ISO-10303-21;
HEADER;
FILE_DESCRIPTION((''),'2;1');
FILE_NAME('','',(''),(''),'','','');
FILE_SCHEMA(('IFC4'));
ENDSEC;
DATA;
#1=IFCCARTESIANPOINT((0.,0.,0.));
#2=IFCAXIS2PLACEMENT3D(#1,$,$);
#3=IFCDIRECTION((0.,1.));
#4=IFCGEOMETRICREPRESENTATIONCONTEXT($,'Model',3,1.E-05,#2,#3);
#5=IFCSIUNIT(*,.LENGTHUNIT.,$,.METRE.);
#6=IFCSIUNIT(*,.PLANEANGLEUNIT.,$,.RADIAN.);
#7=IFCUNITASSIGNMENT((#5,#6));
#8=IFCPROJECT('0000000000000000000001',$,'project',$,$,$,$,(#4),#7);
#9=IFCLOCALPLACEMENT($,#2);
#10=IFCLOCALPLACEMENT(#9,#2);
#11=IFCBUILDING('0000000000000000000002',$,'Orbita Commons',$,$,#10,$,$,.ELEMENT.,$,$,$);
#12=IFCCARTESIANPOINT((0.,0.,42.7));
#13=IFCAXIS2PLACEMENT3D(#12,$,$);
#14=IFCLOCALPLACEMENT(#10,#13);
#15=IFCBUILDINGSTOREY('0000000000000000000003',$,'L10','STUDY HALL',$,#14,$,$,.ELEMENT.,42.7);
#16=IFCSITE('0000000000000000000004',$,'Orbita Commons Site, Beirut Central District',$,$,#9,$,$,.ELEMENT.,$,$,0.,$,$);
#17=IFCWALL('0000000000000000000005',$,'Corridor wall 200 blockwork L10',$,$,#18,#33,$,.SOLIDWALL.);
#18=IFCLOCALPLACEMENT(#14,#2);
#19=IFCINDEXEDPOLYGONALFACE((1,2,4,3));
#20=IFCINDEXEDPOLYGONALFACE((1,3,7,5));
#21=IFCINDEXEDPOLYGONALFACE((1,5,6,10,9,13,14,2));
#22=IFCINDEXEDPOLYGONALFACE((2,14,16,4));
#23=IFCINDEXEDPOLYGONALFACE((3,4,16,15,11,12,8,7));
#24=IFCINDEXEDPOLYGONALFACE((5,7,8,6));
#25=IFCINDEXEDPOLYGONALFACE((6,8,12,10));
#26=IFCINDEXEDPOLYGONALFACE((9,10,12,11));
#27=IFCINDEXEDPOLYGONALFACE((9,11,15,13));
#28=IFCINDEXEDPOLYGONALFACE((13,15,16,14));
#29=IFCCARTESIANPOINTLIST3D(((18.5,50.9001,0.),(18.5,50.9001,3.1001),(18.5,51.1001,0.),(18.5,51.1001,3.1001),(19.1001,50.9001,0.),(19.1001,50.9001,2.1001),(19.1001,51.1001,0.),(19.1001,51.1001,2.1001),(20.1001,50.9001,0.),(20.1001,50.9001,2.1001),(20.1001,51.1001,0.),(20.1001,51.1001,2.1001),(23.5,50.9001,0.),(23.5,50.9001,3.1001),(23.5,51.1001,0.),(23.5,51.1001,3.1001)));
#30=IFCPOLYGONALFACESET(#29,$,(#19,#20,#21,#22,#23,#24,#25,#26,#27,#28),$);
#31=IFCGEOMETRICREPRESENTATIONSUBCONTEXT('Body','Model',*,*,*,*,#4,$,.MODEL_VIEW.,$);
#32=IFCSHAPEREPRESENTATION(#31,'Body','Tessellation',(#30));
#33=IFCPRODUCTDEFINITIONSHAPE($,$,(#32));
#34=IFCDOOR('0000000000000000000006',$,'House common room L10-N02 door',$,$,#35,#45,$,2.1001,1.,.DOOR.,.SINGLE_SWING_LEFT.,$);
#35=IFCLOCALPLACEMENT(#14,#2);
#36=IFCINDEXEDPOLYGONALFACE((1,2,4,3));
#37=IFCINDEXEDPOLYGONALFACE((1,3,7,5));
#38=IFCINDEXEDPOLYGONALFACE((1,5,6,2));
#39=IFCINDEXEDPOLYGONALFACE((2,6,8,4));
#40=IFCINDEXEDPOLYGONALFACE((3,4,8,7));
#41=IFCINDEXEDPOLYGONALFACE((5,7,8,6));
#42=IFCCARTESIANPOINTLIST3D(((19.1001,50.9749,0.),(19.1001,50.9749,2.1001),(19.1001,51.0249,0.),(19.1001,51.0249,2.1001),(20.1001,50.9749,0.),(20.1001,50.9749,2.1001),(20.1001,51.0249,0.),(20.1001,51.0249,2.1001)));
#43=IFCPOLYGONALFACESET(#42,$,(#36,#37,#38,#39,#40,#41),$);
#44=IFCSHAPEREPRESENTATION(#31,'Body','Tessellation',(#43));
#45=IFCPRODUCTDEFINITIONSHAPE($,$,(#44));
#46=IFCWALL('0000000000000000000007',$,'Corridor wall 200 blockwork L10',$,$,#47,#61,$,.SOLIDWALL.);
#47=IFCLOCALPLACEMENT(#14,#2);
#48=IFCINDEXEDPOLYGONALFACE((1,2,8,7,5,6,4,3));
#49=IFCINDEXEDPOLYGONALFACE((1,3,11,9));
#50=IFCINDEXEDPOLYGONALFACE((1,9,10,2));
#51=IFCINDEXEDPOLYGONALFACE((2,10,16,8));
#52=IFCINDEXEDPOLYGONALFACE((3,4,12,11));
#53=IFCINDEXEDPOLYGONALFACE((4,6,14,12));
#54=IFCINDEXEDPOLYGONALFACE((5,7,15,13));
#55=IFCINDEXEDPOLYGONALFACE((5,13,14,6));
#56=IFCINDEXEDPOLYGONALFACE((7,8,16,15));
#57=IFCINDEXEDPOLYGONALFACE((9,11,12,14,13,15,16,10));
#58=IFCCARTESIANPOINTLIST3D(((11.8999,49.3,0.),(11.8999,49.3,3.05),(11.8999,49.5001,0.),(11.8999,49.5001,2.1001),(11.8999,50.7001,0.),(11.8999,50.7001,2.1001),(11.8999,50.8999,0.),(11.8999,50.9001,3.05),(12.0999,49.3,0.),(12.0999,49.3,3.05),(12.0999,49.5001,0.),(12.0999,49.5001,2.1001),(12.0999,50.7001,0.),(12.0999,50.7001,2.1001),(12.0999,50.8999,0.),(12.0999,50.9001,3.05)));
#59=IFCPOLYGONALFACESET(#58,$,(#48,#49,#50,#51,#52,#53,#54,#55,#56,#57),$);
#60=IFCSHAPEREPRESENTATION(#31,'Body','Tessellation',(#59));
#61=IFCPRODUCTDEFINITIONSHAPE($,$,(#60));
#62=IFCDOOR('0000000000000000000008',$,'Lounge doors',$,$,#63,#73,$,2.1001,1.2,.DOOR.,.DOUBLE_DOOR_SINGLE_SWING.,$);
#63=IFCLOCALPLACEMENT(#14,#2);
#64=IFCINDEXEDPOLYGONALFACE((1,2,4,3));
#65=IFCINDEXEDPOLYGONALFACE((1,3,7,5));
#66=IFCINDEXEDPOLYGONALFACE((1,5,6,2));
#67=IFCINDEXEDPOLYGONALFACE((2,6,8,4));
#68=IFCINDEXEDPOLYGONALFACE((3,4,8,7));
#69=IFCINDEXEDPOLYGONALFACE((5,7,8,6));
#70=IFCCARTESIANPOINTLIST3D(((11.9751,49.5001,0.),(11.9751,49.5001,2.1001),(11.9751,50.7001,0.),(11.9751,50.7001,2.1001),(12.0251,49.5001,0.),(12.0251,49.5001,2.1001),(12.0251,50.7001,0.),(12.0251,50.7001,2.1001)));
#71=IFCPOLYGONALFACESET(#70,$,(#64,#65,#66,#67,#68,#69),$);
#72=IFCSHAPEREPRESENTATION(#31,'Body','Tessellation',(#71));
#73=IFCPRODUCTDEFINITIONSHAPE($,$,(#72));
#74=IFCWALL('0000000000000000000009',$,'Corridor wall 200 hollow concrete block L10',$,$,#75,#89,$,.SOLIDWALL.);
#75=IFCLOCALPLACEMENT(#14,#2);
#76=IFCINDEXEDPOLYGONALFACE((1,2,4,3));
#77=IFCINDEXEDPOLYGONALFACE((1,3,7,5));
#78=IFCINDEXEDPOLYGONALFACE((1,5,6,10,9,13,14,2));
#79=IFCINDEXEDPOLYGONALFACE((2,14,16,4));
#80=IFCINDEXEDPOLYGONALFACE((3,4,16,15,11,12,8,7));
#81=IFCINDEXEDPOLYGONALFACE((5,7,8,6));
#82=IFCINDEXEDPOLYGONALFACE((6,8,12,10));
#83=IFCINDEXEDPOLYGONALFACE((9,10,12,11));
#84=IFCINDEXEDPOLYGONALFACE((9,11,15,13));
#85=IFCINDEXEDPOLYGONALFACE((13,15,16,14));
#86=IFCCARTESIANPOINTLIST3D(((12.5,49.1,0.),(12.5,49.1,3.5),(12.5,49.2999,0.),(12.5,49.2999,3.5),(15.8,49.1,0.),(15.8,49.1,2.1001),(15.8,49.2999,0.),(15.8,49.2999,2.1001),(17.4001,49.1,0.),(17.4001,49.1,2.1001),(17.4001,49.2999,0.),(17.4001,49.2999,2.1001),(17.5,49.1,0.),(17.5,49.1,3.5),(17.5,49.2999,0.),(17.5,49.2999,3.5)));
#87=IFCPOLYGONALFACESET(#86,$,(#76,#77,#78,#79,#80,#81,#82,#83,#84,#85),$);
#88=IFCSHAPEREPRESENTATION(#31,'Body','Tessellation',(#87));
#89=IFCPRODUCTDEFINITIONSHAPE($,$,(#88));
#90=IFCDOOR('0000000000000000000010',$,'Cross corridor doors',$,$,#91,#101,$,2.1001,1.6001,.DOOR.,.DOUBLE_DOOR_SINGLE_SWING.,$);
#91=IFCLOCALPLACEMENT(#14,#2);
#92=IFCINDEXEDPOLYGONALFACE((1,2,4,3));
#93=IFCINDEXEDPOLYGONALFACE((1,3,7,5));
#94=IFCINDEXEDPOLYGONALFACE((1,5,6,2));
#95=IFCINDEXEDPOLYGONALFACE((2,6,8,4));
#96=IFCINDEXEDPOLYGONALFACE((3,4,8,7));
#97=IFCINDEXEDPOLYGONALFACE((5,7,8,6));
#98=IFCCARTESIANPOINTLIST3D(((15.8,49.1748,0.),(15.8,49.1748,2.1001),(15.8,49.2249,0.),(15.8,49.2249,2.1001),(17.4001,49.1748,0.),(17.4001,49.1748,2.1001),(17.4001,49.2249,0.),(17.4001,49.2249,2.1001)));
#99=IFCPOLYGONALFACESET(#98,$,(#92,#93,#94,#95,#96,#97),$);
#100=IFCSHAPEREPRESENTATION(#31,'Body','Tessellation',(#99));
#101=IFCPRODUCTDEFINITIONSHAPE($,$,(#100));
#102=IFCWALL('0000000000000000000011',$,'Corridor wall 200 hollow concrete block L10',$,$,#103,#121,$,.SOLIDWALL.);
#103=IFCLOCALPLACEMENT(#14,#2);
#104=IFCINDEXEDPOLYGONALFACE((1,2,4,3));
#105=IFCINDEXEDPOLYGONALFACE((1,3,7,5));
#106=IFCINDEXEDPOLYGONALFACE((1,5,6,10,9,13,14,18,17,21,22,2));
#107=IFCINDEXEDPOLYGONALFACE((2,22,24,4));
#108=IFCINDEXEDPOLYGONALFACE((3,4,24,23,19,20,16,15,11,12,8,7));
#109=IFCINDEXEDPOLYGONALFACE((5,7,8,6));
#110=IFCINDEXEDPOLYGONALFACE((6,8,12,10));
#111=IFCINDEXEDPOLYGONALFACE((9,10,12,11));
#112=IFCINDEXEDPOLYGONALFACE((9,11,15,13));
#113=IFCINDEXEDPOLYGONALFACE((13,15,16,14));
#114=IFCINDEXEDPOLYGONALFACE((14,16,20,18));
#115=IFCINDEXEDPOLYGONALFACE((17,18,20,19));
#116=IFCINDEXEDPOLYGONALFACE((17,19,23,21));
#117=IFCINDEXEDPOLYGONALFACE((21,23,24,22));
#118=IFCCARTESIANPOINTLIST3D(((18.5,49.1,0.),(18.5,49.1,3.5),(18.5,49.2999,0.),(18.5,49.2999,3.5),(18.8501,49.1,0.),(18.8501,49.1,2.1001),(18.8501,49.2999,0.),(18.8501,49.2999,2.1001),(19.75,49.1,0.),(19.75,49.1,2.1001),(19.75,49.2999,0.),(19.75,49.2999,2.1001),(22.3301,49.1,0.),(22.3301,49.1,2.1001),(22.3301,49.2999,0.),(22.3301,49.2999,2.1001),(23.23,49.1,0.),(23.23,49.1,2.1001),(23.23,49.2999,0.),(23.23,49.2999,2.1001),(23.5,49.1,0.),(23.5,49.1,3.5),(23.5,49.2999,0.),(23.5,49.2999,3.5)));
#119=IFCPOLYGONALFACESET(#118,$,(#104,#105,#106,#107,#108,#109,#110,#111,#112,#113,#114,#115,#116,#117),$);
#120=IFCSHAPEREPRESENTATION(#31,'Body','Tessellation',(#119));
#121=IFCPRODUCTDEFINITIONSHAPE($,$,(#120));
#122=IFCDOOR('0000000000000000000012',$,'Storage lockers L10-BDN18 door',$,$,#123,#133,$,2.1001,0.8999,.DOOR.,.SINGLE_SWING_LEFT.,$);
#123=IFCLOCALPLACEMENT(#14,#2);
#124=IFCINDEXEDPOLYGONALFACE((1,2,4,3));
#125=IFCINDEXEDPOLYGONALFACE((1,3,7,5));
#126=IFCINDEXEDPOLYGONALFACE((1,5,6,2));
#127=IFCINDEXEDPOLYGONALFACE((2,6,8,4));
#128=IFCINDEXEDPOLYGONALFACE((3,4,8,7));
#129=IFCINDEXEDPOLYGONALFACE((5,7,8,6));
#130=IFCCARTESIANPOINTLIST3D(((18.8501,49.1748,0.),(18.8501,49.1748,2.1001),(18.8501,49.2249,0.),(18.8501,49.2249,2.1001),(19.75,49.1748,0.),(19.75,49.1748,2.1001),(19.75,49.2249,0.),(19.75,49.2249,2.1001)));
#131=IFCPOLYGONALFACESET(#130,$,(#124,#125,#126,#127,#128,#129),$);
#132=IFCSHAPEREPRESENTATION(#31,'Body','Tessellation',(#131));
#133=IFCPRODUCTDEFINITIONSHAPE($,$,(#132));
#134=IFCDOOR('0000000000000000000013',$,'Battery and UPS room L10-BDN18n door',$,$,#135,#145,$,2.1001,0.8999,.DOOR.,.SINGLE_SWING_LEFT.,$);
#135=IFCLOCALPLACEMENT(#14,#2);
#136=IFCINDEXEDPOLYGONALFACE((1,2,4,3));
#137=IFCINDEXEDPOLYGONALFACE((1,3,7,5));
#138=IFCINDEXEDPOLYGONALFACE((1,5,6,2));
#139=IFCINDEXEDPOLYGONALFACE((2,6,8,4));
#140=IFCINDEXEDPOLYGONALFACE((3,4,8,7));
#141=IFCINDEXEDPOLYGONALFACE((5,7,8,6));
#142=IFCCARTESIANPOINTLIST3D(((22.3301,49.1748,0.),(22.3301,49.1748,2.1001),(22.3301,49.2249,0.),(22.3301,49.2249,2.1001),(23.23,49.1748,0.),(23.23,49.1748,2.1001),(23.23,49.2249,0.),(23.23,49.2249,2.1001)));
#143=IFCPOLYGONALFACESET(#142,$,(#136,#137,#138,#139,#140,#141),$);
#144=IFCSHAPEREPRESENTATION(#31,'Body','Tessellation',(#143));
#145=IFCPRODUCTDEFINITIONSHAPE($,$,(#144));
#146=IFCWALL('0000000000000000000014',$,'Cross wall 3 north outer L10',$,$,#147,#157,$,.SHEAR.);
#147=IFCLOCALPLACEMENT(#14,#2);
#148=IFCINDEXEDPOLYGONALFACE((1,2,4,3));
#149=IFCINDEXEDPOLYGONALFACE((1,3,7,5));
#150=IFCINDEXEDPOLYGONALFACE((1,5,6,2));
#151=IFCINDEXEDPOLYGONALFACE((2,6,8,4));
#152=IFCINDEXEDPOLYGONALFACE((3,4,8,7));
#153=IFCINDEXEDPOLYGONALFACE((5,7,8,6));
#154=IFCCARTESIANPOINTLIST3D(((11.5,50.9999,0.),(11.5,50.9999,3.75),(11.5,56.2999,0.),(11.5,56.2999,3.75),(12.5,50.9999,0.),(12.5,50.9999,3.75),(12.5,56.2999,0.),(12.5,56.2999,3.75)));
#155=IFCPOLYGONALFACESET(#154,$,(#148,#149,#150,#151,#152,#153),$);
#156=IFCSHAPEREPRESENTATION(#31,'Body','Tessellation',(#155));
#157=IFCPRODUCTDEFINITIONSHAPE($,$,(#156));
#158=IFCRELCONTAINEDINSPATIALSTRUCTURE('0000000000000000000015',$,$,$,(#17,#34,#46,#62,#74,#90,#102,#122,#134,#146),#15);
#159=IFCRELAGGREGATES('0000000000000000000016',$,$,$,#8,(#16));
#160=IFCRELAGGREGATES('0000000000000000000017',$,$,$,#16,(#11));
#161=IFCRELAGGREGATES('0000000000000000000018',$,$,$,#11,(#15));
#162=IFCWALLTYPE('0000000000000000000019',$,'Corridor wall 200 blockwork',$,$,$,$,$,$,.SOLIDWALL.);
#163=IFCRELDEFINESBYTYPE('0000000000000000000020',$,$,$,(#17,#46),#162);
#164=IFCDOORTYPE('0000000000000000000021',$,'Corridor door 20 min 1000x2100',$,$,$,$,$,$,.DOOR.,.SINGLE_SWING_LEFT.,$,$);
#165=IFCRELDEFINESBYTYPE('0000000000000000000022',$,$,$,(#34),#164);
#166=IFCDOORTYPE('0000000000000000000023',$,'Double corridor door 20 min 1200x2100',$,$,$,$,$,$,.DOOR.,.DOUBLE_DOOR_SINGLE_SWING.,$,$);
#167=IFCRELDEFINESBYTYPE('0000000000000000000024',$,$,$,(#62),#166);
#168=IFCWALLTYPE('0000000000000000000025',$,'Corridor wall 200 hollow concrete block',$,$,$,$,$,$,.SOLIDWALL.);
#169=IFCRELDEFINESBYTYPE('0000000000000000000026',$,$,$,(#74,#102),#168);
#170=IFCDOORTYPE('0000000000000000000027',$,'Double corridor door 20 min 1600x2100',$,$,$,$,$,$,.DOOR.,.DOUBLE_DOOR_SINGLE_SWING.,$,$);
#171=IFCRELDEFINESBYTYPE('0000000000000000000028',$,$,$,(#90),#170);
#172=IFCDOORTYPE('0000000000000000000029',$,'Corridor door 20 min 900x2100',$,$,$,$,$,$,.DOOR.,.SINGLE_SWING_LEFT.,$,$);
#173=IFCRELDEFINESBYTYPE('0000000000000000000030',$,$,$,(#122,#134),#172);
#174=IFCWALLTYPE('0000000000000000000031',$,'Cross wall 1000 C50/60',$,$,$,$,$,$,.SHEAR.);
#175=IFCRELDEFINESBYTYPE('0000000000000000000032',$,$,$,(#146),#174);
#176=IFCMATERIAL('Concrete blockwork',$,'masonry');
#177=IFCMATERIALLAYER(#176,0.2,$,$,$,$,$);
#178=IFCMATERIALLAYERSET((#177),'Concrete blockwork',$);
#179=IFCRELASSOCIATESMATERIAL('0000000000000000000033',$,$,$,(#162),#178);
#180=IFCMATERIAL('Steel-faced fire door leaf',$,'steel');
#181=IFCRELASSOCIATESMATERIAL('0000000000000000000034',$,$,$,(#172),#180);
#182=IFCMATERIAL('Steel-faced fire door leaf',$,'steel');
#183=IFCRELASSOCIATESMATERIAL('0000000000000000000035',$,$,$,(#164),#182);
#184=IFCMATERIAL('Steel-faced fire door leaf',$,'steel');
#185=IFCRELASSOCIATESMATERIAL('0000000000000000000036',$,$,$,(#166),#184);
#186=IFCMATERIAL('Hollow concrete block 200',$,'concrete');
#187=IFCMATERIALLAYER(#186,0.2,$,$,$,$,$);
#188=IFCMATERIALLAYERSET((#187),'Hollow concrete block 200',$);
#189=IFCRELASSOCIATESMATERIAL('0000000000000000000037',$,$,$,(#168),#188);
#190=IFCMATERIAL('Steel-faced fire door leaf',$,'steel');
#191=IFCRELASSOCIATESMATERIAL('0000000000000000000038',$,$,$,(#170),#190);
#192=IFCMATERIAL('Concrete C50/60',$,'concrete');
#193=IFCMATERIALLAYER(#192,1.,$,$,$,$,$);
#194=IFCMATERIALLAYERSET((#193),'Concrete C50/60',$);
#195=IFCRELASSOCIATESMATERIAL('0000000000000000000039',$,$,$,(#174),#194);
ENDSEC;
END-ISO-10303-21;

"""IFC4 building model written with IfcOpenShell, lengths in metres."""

from ifc_helpers import new_model, si_unit, direction, frame, frame_2d, origin, place, context, subcontext, project, spatial, polyline, rectangle, outline, extrude, material, layer, layer_set, type_object, element, fill, save


model = new_model("IFC4")

# Units and contexts
model_context = context("Model", 3, precision=1e-05, world=origin(), true_north=direction((0.0, 1.0)))
body_context = subcontext(model_context, "Body", "Model", "MODEL_VIEW")
ifc_project = project(units=[si_unit("LENGTHUNIT", "METRE"), si_unit("PLANEANGLEUNIT", "RADIAN")], contexts=[model_context])

# Site, building, storey
site_placement = place(None, origin())
site = spatial("IfcSite", under=ifc_project, at=site_placement, Name="Orbita Commons Site, Beirut Central District", CompositionType="ELEMENT", RefElevation=0.0)
building_placement = place(site_placement, origin())
building = spatial("IfcBuilding", under=site, at=building_placement, Name="Orbita Commons", CompositionType="ELEMENT")
storey_placement = place(building_placement, frame((0.0, 0.0, 42.7)))
storey = spatial("IfcBuildingStorey", under=building, at=storey_placement, Name="L10", Description="STUDY HALL", CompositionType="ELEMENT", Elevation=42.7)

# Shared definitions
ifc_material_1 = material(Name="Concrete blockwork", Category="masonry")
ifc_layer_1 = layer(ifc_material_1, 0.2)
ifc_layer_set_1 = layer_set([ifc_layer_1], Name="Concrete blockwork")
wall_type_1 = type_object("IfcWallType", Name="Corridor wall 200 blockwork", PredefinedType="SOLIDWALL", material=ifc_layer_set_1)
ifc_material_2 = material(Name="Steel-faced fire door leaf", Category="steel")
door_type_1 = type_object("IfcDoorType", Name="Corridor door 20 min 900x2100", OperationType="SINGLE_SWING_LEFT", PredefinedType="DOOR", material=ifc_material_2)

# Walls, openings, doors
wall_1_placement = place(storey_placement, frame((18.5, 51.0, 0.0), z_axis=(0.0, 0.0, 1.0), x_axis=(1.0, 0.0, 0.0)))
wall_1 = element("IfcWall", 1, at=wall_1_placement, inside=storey, type_object=wall_type_1, Name="Corridor wall 200 blockwork L10", PredefinedType="SOLIDWALL", context=body_context, shape_type="SweptSolid", body=[
    extrude(outline(polyline([(0.0, 0.0), (5.0, 0.0), (5.0, 3.1001), (0.0, 3.1001), (0.0, 0.0)])), frame((0.0, 0.1001, 0.0), z_axis=(0.0, -1.0, 0.0), x_axis=(1.0, 0.0, 0.0)), (0.0, 0.0, 1.0), 0.2),
])
opening_1_placement = place(wall_1_placement, frame((0.6001, 0.0, 0.0)))
opening_1 = element("IfcOpeningElement", 2, at=opening_1_placement, cuts=wall_1, PredefinedType="OPENING", context=body_context, shape_type="SweptSolid", body=[
    extrude(rectangle(XDim=1.0, YDim=2.1001, at=frame_2d((0.5, 1.05))), frame((0.0, 0.1099, 0.0), z_axis=(0.0, -1.0, 0.0), x_axis=(1.0, 0.0, 0.0)), (0.0, 0.0, 1.0), 0.22),
])
ifc_material_3 = material(Name="Steel-faced fire door leaf", Category="steel")
door_type_2 = type_object("IfcDoorType", Name="Corridor door 20 min 1000x2100", OperationType="SINGLE_SWING_LEFT", PredefinedType="DOOR", material=ifc_material_3)
door_1_placement = place(opening_1_placement, origin())
door_1 = element("IfcDoor", 3, at=door_1_placement, inside=storey, type_object=door_type_2, Name="House common room L10-N02 door", OperationType="SINGLE_SWING_LEFT", OverallHeight=2.1001, OverallWidth=1.0, PredefinedType="DOOR", context=body_context, shape_type="SweptSolid", body=[
    extrude(rectangle(XDim=1.0, YDim=2.1001, at=frame_2d((0.5, 1.05))), frame((0.0, 0.0249, 0.0), z_axis=(0.0, -1.0, 0.0), x_axis=(1.0, 0.0, 0.0)), (0.0, 0.0, 1.0), 0.05),
])
fill(opening_1, door_1)
wall_2_placement = place(storey_placement, frame((12.0, 49.3, 0.0), z_axis=(0.0, 0.0, 1.0), x_axis=(0.0, 1.0, 0.0)))
wall_2 = element("IfcWall", 4, at=wall_2_placement, inside=storey, type_object=wall_type_1, Name="Corridor wall 200 blockwork L10", PredefinedType="SOLIDWALL", context=body_context, shape_type="SweptSolid", body=[
    extrude(outline(polyline([(0.0, 0.0), (1.5999, 0.0), (1.6001, 3.05), (0.0, 3.05), (0.0, 0.0)])), frame((0.0, 0.1001, 0.0), z_axis=(0.0, -1.0, 0.0), x_axis=(1.0, 0.0, 0.0)), (0.0, 0.0, 1.0), 0.2),
])
opening_2_placement = place(wall_2_placement, frame((0.2, 0.0, 0.0)))
opening_2 = element("IfcOpeningElement", 5, at=opening_2_placement, cuts=wall_2, PredefinedType="OPENING", context=body_context, shape_type="SweptSolid", body=[
    extrude(rectangle(XDim=1.2, YDim=2.1001, at=frame_2d((0.6001, 1.05))), frame((0.0, 0.1099, 0.0), z_axis=(0.0, -1.0, 0.0), x_axis=(1.0, 0.0, 0.0)), (0.0, 0.0, 1.0), 0.22),
])
ifc_material_4 = material(Name="Steel-faced fire door leaf", Category="steel")
door_type_3 = type_object("IfcDoorType", Name="Double corridor door 20 min 1200x2100", OperationType="DOUBLE_DOOR_SINGLE_SWING", PredefinedType="DOOR", material=ifc_material_4)
door_2_placement = place(opening_2_placement, origin())
door_2 = element("IfcDoor", 6, at=door_2_placement, inside=storey, type_object=door_type_3, Name="Lounge doors", OperationType="DOUBLE_DOOR_SINGLE_SWING", OverallHeight=2.1001, OverallWidth=1.2, PredefinedType="DOOR", context=body_context, shape_type="SweptSolid", body=[
    extrude(rectangle(XDim=1.2, YDim=2.1001, at=frame_2d((0.6001, 1.05))), frame((0.0, 0.0249, 0.0), z_axis=(0.0, -1.0, 0.0), x_axis=(1.0, 0.0, 0.0)), (0.0, 0.0, 1.0), 0.05),
])
fill(opening_2, door_2)
ifc_material_5 = material(Name="Hollow concrete block 200", Category="concrete")
ifc_layer_2 = layer(ifc_material_5, 0.2)
ifc_layer_set_2 = layer_set([ifc_layer_2], Name="Hollow concrete block 200")
wall_type_2 = type_object("IfcWallType", Name="Corridor wall 200 hollow concrete block", PredefinedType="SOLIDWALL", material=ifc_layer_set_2)
wall_3_placement = place(storey_placement, frame((12.5, 49.2, 0.0), z_axis=(0.0, 0.0, 1.0), x_axis=(1.0, 0.0, 0.0)))
wall_3 = element("IfcWall", 7, at=wall_3_placement, inside=storey, type_object=wall_type_2, Name="Corridor wall 200 hollow concrete block L10", PredefinedType="SOLIDWALL", context=body_context, shape_type="SweptSolid", body=[
    extrude(rectangle(XDim=5.0, YDim=0.2, at=frame_2d((2.5, 0.0))), origin(), (0.0, 0.0, 1.0), 3.5),
])
opening_3_placement = place(wall_3_placement, frame((3.3, 0.0, 0.0)))
opening_3 = element("IfcOpeningElement", 8, at=opening_3_placement, cuts=wall_3, PredefinedType="OPENING", context=body_context, shape_type="SweptSolid", body=[
    extrude(rectangle(XDim=1.6001, YDim=2.1001, at=frame_2d((0.8, 1.05))), frame((0.0, 0.1099, 0.0), z_axis=(0.0, -1.0, 0.0), x_axis=(1.0, 0.0, 0.0)), (0.0, 0.0, 1.0), 0.22),
])
ifc_material_6 = material(Name="Steel-faced fire door leaf", Category="steel")
door_type_4 = type_object("IfcDoorType", Name="Double corridor door 20 min 1600x2100", OperationType="DOUBLE_DOOR_SINGLE_SWING", PredefinedType="DOOR", material=ifc_material_6)
door_3_placement = place(opening_3_placement, origin())
door_3 = element("IfcDoor", 9, at=door_3_placement, inside=storey, type_object=door_type_4, Name="Cross corridor doors", OperationType="DOUBLE_DOOR_SINGLE_SWING", OverallHeight=2.1001, OverallWidth=1.6001, PredefinedType="DOOR", context=body_context, shape_type="SweptSolid", body=[
    extrude(rectangle(XDim=1.6001, YDim=2.1001, at=frame_2d((0.8, 1.05))), frame((0.0, 0.0249, 0.0), z_axis=(0.0, -1.0, 0.0), x_axis=(1.0, 0.0, 0.0)), (0.0, 0.0, 1.0), 0.05),
])
fill(opening_3, door_3)

# Wall, openings, doors
wall_4_placement = place(storey_placement, frame((18.5, 49.2, 0.0), z_axis=(0.0, 0.0, 1.0), x_axis=(1.0, 0.0, 0.0)))
wall_4 = element("IfcWall", 10, at=wall_4_placement, inside=storey, type_object=wall_type_2, Name="Corridor wall 200 hollow concrete block L10", PredefinedType="SOLIDWALL", context=body_context, shape_type="SweptSolid", body=[
    extrude(rectangle(XDim=5.0, YDim=0.2, at=frame_2d((2.5, 0.0))), origin(), (0.0, 0.0, 1.0), 3.5),
])
opening_4_placement = place(wall_4_placement, frame((0.3501, 0.0, 0.0)))
opening_4 = element("IfcOpeningElement", 11, at=opening_4_placement, cuts=wall_4, PredefinedType="OPENING", context=body_context, shape_type="SweptSolid", body=[
    extrude(rectangle(XDim=0.8999, YDim=2.1001, at=frame_2d((0.45, 1.05))), frame((0.0, 0.1099, 0.0), z_axis=(0.0, -1.0, 0.0), x_axis=(1.0, 0.0, 0.0)), (0.0, 0.0, 1.0), 0.22),
])
opening_5_placement = place(wall_4_placement, frame((3.8301, 0.0, 0.0)))
opening_5 = element("IfcOpeningElement", 12, at=opening_5_placement, cuts=wall_4, PredefinedType="OPENING", context=body_context, shape_type="SweptSolid", body=[
    extrude(rectangle(XDim=0.8999, YDim=2.1001, at=frame_2d((0.45, 1.05))), frame((0.0, 0.1099, 0.0), z_axis=(0.0, -1.0, 0.0), x_axis=(1.0, 0.0, 0.0)), (0.0, 0.0, 1.0), 0.22),
])
door_4_placement = place(opening_4_placement, origin())
door_4 = element("IfcDoor", 13, at=door_4_placement, inside=storey, type_object=door_type_1, Name="Storage lockers L10-BDN18 door", OperationType="SINGLE_SWING_LEFT", OverallHeight=2.1001, OverallWidth=0.8999, PredefinedType="DOOR", context=body_context, shape_type="SweptSolid", body=[
    extrude(rectangle(XDim=0.8999, YDim=2.1001, at=frame_2d((0.45, 1.05))), frame((0.0, 0.0249, 0.0), z_axis=(0.0, -1.0, 0.0), x_axis=(1.0, 0.0, 0.0)), (0.0, 0.0, 1.0), 0.05),
])
fill(opening_4, door_4)
door_5_placement = place(opening_5_placement, origin())
door_5 = element("IfcDoor", 14, at=door_5_placement, inside=storey, type_object=door_type_1, Name="Battery and UPS room L10-BDN18n door", OperationType="SINGLE_SWING_LEFT", OverallHeight=2.1001, OverallWidth=0.8999, PredefinedType="DOOR", context=body_context, shape_type="SweptSolid", body=[
    extrude(rectangle(XDim=0.8999, YDim=2.1001, at=frame_2d((0.45, 1.05))), frame((0.0, 0.0249, 0.0), z_axis=(0.0, -1.0, 0.0), x_axis=(1.0, 0.0, 0.0)), (0.0, 0.0, 1.0), 0.05),
])
fill(opening_5, door_5)

# Wall
ifc_material_7 = material(Name="Concrete C50/60", Category="concrete")
ifc_layer_3 = layer(ifc_material_7, 1.0)
ifc_layer_set_3 = layer_set([ifc_layer_3], Name="Concrete C50/60")
wall_type_3 = type_object("IfcWallType", Name="Cross wall 1000 C50/60", PredefinedType="SHEAR", material=ifc_layer_set_3)
for number, where, z_axis, x_axis, name in (
    (15, (12.0, 51.0, 0.0), (0.0, 0.0, 1.0), (0.0, 1.0, 0.0), "Cross wall 3 north outer L10"),
):
    element("IfcWall", number, at=place(storey_placement, frame(where, z_axis=z_axis, x_axis=x_axis)), inside=storey, type_object=wall_type_3, Name=name, PredefinedType="SHEAR", context=body_context, shape_type="SweptSolid", body=[
        extrude(rectangle(XDim=5.3, YDim=1.0, at=frame_2d((2.6499, 0.0))), origin(), (0.0, 0.0, 1.0), 3.75),
    ])

save(model, "model.ifc")
